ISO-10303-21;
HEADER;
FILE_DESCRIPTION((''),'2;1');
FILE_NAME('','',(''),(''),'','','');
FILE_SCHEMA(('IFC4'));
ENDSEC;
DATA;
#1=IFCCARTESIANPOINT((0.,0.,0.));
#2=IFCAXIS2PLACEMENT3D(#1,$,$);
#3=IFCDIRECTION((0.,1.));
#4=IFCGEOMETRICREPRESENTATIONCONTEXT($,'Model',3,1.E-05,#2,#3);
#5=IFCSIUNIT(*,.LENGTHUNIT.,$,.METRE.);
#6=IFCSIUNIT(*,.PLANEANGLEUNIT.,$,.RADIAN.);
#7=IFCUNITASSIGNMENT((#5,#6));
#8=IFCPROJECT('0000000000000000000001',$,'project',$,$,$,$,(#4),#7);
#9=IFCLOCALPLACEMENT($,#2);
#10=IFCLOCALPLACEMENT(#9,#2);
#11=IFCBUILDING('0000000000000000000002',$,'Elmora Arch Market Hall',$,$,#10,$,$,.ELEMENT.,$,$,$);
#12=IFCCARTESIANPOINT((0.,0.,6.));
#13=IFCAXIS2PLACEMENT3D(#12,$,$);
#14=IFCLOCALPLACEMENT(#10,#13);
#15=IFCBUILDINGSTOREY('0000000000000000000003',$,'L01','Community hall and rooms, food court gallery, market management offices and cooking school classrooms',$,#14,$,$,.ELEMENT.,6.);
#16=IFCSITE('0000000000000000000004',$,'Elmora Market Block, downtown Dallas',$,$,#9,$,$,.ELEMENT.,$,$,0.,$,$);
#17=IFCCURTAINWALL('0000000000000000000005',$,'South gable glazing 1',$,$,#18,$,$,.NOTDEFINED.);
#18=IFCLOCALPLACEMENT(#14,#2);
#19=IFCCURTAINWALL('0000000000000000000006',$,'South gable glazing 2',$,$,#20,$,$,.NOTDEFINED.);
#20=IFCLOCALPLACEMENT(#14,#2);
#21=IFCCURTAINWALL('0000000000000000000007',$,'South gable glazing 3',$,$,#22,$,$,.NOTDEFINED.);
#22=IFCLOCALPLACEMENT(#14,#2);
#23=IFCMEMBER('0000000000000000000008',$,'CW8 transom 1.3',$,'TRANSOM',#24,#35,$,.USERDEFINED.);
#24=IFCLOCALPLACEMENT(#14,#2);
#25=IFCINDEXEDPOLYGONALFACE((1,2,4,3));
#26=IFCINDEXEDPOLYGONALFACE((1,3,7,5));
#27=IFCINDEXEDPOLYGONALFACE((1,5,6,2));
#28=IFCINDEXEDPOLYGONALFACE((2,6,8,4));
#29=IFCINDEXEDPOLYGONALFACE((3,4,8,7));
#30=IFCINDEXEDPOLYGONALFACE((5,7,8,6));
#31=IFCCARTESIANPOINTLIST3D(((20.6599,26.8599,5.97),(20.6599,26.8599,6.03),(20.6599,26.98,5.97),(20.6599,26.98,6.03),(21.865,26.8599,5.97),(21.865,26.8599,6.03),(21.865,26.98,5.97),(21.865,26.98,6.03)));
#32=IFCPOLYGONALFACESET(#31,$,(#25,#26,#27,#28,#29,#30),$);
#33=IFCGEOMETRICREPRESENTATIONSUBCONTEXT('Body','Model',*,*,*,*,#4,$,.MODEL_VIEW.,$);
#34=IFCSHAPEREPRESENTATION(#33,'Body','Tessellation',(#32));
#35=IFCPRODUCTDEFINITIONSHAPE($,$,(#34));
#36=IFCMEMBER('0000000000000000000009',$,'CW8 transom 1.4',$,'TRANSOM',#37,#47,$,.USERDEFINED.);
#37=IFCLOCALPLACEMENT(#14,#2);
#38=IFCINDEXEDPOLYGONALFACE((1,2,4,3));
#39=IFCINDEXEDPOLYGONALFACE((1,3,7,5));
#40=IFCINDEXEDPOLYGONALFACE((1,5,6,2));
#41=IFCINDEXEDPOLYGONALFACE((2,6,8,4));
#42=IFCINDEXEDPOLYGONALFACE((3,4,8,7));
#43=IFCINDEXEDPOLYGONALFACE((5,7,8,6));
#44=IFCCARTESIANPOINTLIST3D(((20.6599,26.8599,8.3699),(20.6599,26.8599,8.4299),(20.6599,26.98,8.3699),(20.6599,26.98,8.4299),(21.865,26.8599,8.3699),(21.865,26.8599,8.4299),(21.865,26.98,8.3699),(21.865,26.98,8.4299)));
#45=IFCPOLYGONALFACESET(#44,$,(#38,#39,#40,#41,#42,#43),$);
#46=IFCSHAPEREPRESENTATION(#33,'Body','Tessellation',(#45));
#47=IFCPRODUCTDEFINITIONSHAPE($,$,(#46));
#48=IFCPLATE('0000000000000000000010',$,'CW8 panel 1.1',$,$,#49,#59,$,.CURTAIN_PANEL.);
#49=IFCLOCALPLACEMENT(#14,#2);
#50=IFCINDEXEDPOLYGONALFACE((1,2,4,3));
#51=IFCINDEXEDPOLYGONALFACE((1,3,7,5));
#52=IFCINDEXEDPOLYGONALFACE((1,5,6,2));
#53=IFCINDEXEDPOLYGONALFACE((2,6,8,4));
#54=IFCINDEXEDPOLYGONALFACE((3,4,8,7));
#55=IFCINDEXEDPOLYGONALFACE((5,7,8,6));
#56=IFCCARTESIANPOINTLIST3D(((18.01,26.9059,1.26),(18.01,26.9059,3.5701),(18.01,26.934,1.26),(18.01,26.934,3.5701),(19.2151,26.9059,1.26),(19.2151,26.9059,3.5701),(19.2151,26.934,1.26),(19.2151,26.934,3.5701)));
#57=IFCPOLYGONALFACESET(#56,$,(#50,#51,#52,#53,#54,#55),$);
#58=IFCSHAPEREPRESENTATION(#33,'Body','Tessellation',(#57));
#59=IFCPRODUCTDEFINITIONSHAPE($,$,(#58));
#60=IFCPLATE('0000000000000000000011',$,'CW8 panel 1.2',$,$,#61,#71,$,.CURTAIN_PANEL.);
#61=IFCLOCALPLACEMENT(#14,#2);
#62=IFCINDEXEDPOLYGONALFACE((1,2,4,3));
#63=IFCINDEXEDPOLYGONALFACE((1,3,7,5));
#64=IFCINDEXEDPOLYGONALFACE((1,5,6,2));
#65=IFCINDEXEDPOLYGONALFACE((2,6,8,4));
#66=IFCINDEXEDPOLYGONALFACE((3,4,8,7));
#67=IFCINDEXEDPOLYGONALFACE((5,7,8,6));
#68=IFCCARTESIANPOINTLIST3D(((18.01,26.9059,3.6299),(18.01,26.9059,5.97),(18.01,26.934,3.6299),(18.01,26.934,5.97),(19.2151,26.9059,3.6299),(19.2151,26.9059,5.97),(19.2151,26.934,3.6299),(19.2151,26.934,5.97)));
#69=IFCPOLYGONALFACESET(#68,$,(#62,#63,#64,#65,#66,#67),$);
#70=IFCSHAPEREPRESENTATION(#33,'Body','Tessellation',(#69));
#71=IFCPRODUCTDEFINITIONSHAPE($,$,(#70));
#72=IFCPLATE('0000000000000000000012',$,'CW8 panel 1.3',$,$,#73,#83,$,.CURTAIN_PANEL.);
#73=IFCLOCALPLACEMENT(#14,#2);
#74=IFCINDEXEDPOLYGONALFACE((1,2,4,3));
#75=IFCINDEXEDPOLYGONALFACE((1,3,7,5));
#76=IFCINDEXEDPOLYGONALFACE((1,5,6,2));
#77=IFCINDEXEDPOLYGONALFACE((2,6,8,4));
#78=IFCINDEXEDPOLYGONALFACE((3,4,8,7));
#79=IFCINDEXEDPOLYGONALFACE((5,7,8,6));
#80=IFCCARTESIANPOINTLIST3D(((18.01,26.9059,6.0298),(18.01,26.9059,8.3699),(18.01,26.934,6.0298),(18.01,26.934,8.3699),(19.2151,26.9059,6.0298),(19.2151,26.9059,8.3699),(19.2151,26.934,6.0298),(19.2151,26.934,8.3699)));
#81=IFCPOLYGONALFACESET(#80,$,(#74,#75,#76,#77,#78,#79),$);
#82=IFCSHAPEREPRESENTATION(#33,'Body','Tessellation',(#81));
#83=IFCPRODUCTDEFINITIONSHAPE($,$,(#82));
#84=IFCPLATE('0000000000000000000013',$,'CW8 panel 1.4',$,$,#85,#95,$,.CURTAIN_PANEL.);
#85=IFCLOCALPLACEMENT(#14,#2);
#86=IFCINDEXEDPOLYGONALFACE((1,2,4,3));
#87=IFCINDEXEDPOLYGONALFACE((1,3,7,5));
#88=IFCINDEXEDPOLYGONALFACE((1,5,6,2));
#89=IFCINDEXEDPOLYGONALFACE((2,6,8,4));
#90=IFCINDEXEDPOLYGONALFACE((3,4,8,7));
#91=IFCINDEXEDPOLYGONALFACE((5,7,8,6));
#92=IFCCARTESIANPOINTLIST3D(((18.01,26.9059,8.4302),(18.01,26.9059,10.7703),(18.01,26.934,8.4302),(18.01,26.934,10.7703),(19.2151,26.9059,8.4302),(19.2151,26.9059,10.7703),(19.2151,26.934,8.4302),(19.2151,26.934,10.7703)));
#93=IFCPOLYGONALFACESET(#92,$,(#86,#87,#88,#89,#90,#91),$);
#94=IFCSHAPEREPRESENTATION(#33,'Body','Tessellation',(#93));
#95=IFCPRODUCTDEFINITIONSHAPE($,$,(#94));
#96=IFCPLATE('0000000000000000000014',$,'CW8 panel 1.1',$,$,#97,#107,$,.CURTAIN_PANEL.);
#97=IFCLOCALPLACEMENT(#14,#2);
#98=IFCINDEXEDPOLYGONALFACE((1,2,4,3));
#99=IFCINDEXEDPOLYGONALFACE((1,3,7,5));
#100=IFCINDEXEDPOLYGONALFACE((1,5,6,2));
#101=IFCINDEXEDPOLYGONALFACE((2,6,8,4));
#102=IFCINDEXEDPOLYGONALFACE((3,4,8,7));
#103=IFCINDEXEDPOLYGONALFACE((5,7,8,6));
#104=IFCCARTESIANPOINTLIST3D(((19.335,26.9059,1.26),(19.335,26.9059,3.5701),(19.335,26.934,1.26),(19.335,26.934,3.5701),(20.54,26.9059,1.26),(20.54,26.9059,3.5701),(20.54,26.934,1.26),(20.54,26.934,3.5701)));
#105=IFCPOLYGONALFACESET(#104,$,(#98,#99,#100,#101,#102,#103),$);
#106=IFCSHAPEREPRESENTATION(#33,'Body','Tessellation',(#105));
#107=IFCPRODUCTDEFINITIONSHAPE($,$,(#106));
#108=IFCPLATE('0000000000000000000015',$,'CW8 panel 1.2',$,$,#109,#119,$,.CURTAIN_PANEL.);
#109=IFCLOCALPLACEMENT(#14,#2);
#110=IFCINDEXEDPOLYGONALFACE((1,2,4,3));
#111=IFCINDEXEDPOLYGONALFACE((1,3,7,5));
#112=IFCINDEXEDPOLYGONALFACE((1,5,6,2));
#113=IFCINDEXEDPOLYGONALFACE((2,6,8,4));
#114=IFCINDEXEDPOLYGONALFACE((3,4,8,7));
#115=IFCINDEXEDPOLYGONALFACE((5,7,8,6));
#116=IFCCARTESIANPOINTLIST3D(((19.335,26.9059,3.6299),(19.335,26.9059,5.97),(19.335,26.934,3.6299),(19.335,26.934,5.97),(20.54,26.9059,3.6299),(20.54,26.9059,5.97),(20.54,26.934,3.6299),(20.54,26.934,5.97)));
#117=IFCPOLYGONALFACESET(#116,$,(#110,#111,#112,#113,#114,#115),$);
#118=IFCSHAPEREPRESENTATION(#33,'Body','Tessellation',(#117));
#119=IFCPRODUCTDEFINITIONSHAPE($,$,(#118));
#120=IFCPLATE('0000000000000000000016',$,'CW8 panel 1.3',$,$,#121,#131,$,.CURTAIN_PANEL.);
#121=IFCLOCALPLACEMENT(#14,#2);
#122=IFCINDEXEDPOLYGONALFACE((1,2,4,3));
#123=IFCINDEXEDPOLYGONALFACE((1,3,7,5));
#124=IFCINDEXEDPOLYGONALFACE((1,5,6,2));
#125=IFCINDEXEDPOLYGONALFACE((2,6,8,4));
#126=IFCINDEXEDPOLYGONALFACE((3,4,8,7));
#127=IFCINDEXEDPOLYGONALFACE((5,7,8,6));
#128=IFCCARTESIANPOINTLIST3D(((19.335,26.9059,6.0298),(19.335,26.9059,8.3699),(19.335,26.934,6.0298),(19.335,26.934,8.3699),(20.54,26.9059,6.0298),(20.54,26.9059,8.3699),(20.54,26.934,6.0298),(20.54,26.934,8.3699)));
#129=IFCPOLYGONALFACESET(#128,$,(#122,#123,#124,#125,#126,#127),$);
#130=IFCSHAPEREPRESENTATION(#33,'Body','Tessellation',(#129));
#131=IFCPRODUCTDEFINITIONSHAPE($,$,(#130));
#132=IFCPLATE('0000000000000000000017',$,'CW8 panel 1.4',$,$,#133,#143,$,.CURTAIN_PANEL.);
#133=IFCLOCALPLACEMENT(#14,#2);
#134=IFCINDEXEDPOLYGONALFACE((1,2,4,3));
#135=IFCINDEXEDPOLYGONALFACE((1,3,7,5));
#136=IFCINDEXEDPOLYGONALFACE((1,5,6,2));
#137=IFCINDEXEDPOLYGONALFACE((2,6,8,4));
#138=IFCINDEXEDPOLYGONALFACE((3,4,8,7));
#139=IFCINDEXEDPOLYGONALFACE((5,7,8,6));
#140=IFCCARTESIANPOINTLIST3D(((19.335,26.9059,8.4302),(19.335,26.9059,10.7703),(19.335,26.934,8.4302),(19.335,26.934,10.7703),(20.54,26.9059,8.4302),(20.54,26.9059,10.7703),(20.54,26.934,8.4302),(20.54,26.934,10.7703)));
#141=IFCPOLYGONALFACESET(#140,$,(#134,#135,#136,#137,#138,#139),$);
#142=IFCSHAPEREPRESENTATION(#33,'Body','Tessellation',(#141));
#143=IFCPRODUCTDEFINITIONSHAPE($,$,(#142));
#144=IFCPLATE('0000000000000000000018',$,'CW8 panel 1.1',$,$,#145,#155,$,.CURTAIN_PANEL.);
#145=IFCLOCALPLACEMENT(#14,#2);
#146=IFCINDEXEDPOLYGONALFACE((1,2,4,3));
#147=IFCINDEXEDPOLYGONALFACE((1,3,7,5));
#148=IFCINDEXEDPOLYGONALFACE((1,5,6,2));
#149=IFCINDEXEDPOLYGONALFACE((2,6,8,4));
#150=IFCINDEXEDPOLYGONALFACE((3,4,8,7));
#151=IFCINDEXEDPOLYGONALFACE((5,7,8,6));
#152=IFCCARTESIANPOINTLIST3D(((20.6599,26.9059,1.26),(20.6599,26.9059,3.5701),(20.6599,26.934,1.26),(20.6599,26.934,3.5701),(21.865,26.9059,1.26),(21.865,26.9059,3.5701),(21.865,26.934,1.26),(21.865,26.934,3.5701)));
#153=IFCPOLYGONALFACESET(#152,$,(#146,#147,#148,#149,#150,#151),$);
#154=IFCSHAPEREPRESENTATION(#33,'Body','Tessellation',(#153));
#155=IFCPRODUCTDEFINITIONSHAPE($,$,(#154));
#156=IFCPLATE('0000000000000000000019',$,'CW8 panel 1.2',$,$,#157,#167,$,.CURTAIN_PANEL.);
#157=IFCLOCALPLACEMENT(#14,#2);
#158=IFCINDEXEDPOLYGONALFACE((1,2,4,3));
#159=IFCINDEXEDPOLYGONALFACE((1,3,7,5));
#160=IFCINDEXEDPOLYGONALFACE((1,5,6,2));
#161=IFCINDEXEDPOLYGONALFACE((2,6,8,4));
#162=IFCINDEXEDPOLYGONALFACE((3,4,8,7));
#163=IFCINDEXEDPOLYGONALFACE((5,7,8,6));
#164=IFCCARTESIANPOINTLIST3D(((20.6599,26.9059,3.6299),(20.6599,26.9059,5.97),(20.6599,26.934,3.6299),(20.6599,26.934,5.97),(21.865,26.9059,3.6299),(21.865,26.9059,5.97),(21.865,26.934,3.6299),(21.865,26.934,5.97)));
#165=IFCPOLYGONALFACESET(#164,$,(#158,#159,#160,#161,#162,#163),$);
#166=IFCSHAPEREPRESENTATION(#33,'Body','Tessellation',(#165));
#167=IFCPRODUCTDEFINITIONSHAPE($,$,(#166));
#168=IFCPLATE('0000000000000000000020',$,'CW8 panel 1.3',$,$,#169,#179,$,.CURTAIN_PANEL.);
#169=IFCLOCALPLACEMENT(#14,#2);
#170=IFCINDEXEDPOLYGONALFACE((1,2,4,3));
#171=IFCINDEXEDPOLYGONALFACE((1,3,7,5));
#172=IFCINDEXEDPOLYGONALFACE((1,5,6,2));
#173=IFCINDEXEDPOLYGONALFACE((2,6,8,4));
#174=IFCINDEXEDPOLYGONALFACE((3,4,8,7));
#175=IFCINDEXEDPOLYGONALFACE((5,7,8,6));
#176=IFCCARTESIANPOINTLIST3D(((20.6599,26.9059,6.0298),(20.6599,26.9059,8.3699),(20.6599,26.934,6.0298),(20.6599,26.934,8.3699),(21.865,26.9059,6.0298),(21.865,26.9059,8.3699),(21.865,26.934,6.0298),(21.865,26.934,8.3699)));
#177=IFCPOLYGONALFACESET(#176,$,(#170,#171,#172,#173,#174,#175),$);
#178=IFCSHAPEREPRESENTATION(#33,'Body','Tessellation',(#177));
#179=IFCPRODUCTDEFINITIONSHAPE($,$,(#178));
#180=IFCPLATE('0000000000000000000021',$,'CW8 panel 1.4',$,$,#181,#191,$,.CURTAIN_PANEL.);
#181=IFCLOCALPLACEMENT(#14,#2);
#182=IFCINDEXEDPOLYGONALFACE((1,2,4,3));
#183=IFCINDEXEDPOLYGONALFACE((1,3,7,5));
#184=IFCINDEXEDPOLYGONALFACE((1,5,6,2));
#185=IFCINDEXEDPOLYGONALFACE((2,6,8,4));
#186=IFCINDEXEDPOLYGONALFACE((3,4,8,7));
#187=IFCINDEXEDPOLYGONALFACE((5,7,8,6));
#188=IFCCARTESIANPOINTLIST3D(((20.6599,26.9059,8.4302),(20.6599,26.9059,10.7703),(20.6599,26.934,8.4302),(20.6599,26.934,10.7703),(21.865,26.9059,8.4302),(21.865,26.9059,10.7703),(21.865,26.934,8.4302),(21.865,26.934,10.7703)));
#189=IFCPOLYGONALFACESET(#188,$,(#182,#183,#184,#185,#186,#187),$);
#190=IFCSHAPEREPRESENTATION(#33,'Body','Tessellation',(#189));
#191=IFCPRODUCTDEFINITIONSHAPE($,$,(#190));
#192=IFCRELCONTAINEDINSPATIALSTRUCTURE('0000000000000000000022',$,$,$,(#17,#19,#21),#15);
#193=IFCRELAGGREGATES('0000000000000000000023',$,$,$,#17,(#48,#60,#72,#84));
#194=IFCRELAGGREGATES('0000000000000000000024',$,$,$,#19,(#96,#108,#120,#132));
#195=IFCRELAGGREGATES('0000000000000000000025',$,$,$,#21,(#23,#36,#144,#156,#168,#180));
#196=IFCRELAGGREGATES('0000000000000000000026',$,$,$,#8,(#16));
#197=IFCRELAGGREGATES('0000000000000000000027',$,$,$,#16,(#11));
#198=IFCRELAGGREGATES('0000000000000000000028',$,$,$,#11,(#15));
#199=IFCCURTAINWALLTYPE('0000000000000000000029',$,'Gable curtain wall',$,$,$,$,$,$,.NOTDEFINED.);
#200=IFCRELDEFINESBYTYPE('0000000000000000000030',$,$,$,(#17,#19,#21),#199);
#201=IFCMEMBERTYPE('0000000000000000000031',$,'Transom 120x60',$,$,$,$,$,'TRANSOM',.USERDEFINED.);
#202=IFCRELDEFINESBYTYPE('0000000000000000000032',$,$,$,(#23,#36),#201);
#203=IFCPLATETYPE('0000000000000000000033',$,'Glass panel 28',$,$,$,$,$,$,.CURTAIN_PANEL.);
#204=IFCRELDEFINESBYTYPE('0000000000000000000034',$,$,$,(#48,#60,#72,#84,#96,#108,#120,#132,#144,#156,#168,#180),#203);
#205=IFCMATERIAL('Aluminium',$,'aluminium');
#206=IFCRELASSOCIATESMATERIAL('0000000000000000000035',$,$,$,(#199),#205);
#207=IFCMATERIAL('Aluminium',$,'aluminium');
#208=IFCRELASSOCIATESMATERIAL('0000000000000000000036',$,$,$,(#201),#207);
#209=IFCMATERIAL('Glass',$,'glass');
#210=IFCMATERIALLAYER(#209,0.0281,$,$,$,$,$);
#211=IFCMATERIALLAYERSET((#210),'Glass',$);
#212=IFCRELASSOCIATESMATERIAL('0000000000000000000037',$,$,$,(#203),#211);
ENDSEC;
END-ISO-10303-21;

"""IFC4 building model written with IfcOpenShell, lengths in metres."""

from ifc_helpers import new_model, si_unit, direction, frame, origin, origin_2d, place, context, subcontext, project, spatial, rectangle, extrude, material, layer, layer_set, material_profile, profile_set, type_object, element, aggregate, save


model = new_model("IFC4")

# Units and contexts
model_context = context("Model", 3, precision=1e-05, world=origin(), true_north=direction((0.0, 1.0)))
body_context = subcontext(model_context, "Body", "Model", "MODEL_VIEW")
ifc_project = project(units=[si_unit("LENGTHUNIT", "METRE"), si_unit("PLANEANGLEUNIT", "RADIAN")], contexts=[model_context])

# Site, building, storey
site_placement = place(None, origin())
site = spatial("IfcSite", under=ifc_project, at=site_placement, Name="Elmora Market Block, downtown Dallas", CompositionType="ELEMENT", RefElevation=0.0)
building_placement = place(site_placement, origin())
building = spatial("IfcBuilding", under=site, at=building_placement, Name="Elmora Arch Market Hall", CompositionType="ELEMENT")
storey_placement = place(building_placement, frame((0.0, 0.0, 6.0)))
storey = spatial("IfcBuildingStorey", under=building, at=storey_placement, Name="L01", Description="Community hall and rooms, food court gallery, market management offices and cooking school classrooms", CompositionType="ELEMENT", Elevation=6.0)

# Curtain walls
ifc_material_1 = material(Name="Aluminium", Category="aluminium")
curtain_wall_type = type_object("IfcCurtainWallType", Name="Gable curtain wall", PredefinedType="NOTDEFINED", material=ifc_material_1)
curtain_wall_1_placement = place(storey_placement, origin())
curtain_wall_1 = element("IfcCurtainWall", 1, at=curtain_wall_1_placement, inside=storey, type_object=curtain_wall_type, Name="South gable glazing 1", PredefinedType="NOTDEFINED")
curtain_wall_2_placement = place(storey_placement, origin())
curtain_wall_2 = element("IfcCurtainWall", 2, at=curtain_wall_2_placement, inside=storey, type_object=curtain_wall_type, Name="South gable glazing 2", PredefinedType="NOTDEFINED")

# Curtain wall
curtain_wall_3_placement = place(storey_placement, origin())
curtain_wall_3 = element("IfcCurtainWall", 3, at=curtain_wall_3_placement, inside=storey, type_object=curtain_wall_type, Name="South gable glazing 3", PredefinedType="NOTDEFINED")

# Members
ifc_material_2 = material(Name="Aluminium", Category="aluminium")
ifc_material_profile_1 = material_profile(ifc_material_2, rectangle(XDim=0.1201, YDim=0.0601, at=origin_2d()), Name="AL 120x60")
ifc_profile_set_1 = profile_set([ifc_material_profile_1], Name="Aluminium")
member_type_1 = type_object("IfcMemberType", Name="Transom 120x60", ElementType="TRANSOM", PredefinedType="USERDEFINED", material=ifc_profile_set_1)
member_1_placement = place(storey_placement, frame((20.6599, 26.9199, 6.0), z_axis=(1.0, 0.0, 0.0), x_axis=(0.0, 1.0, 0.0)))
member_1 = element("IfcMember", 4, at=member_1_placement, type_object=member_type_1, Name="CW8 transom 1.3", ObjectType="TRANSOM", PredefinedType="USERDEFINED", context=body_context, shape_type="SweptSolid", body=[
    extrude(rectangle(XDim=0.1201, YDim=0.0601, at=origin_2d()), origin(), (0.0, 0.0, 1.0), 1.2051),
])
member_2_placement = place(storey_placement, frame((20.6599, 26.9199, 8.3999), z_axis=(1.0, 0.0, 0.0), x_axis=(0.0, 1.0, 0.0)))
member_2 = element("IfcMember", 5, at=member_2_placement, type_object=member_type_1, Name="CW8 transom 1.4", ObjectType="TRANSOM", PredefinedType="USERDEFINED", context=body_context, shape_type="SweptSolid", body=[
    extrude(rectangle(XDim=0.1201, YDim=0.0601, at=origin_2d()), origin(), (0.0, 0.0, 1.0), 1.2051),
])

# Plates
ifc_material_3 = material(Name="Glass", Category="glass")
ifc_layer = layer(ifc_material_3, 0.0281)
ifc_layer_set = layer_set([ifc_layer], Name="Glass")
plate_type = type_object("IfcPlateType", Name="Glass panel 28", PredefinedType="CURTAIN_PANEL", material=ifc_layer_set)
plate_1_placement = place(storey_placement, frame((18.6125, 26.9199, 1.26), z_axis=(0.0, 0.0, 1.0), x_axis=(1.0, 0.0, 0.0)))
plate_1 = element("IfcPlate", 6, at=plate_1_placement, type_object=plate_type, Name="CW8 panel 1.1", PredefinedType="CURTAIN_PANEL", context=body_context, shape_type="SweptSolid", body=[
    extrude(rectangle(XDim=1.2051, YDim=0.0281, at=origin_2d()), origin(), (0.0, 0.0, 1.0), 2.3101),
])
plate_2_placement = place(storey_placement, frame((18.6125, 26.9199, 3.6299), z_axis=(0.0, 0.0, 1.0), x_axis=(1.0, 0.0, 0.0)))
plate_2 = element("IfcPlate", 7, at=plate_2_placement, type_object=plate_type, Name="CW8 panel 1.2", PredefinedType="CURTAIN_PANEL", context=body_context, shape_type="SweptSolid", body=[
    extrude(rectangle(XDim=1.2051, YDim=0.0281, at=origin_2d()), origin(), (0.0, 0.0, 1.0), 2.3401),
])
plate_3_placement = place(storey_placement, frame((18.6125, 26.9199, 6.0298), z_axis=(0.0, 0.0, 1.0), x_axis=(1.0, 0.0, 0.0)))
plate_3 = element("IfcPlate", 8, at=plate_3_placement, type_object=plate_type, Name="CW8 panel 1.3", PredefinedType="CURTAIN_PANEL", context=body_context, shape_type="SweptSolid", body=[
    extrude(rectangle(XDim=1.2051, YDim=0.0281, at=origin_2d()), origin(), (0.0, 0.0, 1.0), 2.3401),
])
plate_4_placement = place(storey_placement, frame((18.6125, 26.9199, 8.4302), z_axis=(0.0, 0.0, 1.0), x_axis=(1.0, 0.0, 0.0)))
plate_4 = element("IfcPlate", 9, at=plate_4_placement, type_object=plate_type, Name="CW8 panel 1.4", PredefinedType="CURTAIN_PANEL", context=body_context, shape_type="SweptSolid", body=[
    extrude(rectangle(XDim=1.2051, YDim=0.0281, at=origin_2d()), origin(), (0.0, 0.0, 1.0), 2.3401),
])
aggregate(curtain_wall_1, [plate_1, plate_2, plate_3, plate_4])
plate_5_placement = place(storey_placement, frame((19.9375, 26.9199, 1.26), z_axis=(0.0, 0.0, 1.0), x_axis=(1.0, 0.0, 0.0)))
plate_5 = element("IfcPlate", 10, at=plate_5_placement, type_object=plate_type, Name="CW8 panel 1.1", PredefinedType="CURTAIN_PANEL", context=body_context, shape_type="SweptSolid", body=[
    extrude(rectangle(XDim=1.2051, YDim=0.0281, at=origin_2d()), origin(), (0.0, 0.0, 1.0), 2.3101),
])
plate_6_placement = place(storey_placement, frame((19.9375, 26.9199, 3.6299), z_axis=(0.0, 0.0, 1.0), x_axis=(1.0, 0.0, 0.0)))
plate_6 = element("IfcPlate", 11, at=plate_6_placement, type_object=plate_type, Name="CW8 panel 1.2", PredefinedType="CURTAIN_PANEL", context=body_context, shape_type="SweptSolid", body=[
    extrude(rectangle(XDim=1.2051, YDim=0.0281, at=origin_2d()), origin(), (0.0, 0.0, 1.0), 2.3401),
])
plate_7_placement = place(storey_placement, frame((19.9375, 26.9199, 6.0298), z_axis=(0.0, 0.0, 1.0), x_axis=(1.0, 0.0, 0.0)))
plate_7 = element("IfcPlate", 12, at=plate_7_placement, type_object=plate_type, Name="CW8 panel 1.3", PredefinedType="CURTAIN_PANEL", context=body_context, shape_type="SweptSolid", body=[
    extrude(rectangle(XDim=1.2051, YDim=0.0281, at=origin_2d()), origin(), (0.0, 0.0, 1.0), 2.3401),
])
plate_8_placement = place(storey_placement, frame((19.9375, 26.9199, 8.4302), z_axis=(0.0, 0.0, 1.0), x_axis=(1.0, 0.0, 0.0)))
plate_8 = element("IfcPlate", 13, at=plate_8_placement, type_object=plate_type, Name="CW8 panel 1.4", PredefinedType="CURTAIN_PANEL", context=body_context, shape_type="SweptSolid", body=[
    extrude(rectangle(XDim=1.2051, YDim=0.0281, at=origin_2d()), origin(), (0.0, 0.0, 1.0), 2.3401),
])
aggregate(curtain_wall_2, [plate_5, plate_6, plate_7, plate_8])
plate_9_placement = place(storey_placement, frame((21.2625, 26.9199, 1.26), z_axis=(0.0, 0.0, 1.0), x_axis=(1.0, 0.0, 0.0)))
plate_9 = element("IfcPlate", 14, at=plate_9_placement, type_object=plate_type, Name="CW8 panel 1.1", PredefinedType="CURTAIN_PANEL", context=body_context, shape_type="SweptSolid", body=[
    extrude(rectangle(XDim=1.2051, YDim=0.0281, at=origin_2d()), origin(), (0.0, 0.0, 1.0), 2.3101),
])
plate_10_placement = place(storey_placement, frame((21.2625, 26.9199, 3.6299), z_axis=(0.0, 0.0, 1.0), x_axis=(1.0, 0.0, 0.0)))
plate_10 = element("IfcPlate", 15, at=plate_10_placement, type_object=plate_type, Name="CW8 panel 1.2", PredefinedType="CURTAIN_PANEL", context=body_context, shape_type="SweptSolid", body=[
    extrude(rectangle(XDim=1.2051, YDim=0.0281, at=origin_2d()), origin(), (0.0, 0.0, 1.0), 2.3401),
])
plate_11_placement = place(storey_placement, frame((21.2625, 26.9199, 6.0298), z_axis=(0.0, 0.0, 1.0), x_axis=(1.0, 0.0, 0.0)))
plate_11 = element("IfcPlate", 16, at=plate_11_placement, type_object=plate_type, Name="CW8 panel 1.3", PredefinedType="CURTAIN_PANEL", context=body_context, shape_type="SweptSolid", body=[
    extrude(rectangle(XDim=1.2051, YDim=0.0281, at=origin_2d()), origin(), (0.0, 0.0, 1.0), 2.3401),
])
plate_12_placement = place(storey_placement, frame((21.2625, 26.9199, 8.4302), z_axis=(0.0, 0.0, 1.0), x_axis=(1.0, 0.0, 0.0)))
plate_12 = element("IfcPlate", 17, at=plate_12_placement, type_object=plate_type, Name="CW8 panel 1.4", PredefinedType="CURTAIN_PANEL", context=body_context, shape_type="SweptSolid", body=[
    extrude(rectangle(XDim=1.2051, YDim=0.0281, at=origin_2d()), origin(), (0.0, 0.0, 1.0), 2.3401),
])
aggregate(curtain_wall_3, [member_1, member_2, plate_9, plate_10, plate_11, plate_12])

save(model, "model.ifc")
